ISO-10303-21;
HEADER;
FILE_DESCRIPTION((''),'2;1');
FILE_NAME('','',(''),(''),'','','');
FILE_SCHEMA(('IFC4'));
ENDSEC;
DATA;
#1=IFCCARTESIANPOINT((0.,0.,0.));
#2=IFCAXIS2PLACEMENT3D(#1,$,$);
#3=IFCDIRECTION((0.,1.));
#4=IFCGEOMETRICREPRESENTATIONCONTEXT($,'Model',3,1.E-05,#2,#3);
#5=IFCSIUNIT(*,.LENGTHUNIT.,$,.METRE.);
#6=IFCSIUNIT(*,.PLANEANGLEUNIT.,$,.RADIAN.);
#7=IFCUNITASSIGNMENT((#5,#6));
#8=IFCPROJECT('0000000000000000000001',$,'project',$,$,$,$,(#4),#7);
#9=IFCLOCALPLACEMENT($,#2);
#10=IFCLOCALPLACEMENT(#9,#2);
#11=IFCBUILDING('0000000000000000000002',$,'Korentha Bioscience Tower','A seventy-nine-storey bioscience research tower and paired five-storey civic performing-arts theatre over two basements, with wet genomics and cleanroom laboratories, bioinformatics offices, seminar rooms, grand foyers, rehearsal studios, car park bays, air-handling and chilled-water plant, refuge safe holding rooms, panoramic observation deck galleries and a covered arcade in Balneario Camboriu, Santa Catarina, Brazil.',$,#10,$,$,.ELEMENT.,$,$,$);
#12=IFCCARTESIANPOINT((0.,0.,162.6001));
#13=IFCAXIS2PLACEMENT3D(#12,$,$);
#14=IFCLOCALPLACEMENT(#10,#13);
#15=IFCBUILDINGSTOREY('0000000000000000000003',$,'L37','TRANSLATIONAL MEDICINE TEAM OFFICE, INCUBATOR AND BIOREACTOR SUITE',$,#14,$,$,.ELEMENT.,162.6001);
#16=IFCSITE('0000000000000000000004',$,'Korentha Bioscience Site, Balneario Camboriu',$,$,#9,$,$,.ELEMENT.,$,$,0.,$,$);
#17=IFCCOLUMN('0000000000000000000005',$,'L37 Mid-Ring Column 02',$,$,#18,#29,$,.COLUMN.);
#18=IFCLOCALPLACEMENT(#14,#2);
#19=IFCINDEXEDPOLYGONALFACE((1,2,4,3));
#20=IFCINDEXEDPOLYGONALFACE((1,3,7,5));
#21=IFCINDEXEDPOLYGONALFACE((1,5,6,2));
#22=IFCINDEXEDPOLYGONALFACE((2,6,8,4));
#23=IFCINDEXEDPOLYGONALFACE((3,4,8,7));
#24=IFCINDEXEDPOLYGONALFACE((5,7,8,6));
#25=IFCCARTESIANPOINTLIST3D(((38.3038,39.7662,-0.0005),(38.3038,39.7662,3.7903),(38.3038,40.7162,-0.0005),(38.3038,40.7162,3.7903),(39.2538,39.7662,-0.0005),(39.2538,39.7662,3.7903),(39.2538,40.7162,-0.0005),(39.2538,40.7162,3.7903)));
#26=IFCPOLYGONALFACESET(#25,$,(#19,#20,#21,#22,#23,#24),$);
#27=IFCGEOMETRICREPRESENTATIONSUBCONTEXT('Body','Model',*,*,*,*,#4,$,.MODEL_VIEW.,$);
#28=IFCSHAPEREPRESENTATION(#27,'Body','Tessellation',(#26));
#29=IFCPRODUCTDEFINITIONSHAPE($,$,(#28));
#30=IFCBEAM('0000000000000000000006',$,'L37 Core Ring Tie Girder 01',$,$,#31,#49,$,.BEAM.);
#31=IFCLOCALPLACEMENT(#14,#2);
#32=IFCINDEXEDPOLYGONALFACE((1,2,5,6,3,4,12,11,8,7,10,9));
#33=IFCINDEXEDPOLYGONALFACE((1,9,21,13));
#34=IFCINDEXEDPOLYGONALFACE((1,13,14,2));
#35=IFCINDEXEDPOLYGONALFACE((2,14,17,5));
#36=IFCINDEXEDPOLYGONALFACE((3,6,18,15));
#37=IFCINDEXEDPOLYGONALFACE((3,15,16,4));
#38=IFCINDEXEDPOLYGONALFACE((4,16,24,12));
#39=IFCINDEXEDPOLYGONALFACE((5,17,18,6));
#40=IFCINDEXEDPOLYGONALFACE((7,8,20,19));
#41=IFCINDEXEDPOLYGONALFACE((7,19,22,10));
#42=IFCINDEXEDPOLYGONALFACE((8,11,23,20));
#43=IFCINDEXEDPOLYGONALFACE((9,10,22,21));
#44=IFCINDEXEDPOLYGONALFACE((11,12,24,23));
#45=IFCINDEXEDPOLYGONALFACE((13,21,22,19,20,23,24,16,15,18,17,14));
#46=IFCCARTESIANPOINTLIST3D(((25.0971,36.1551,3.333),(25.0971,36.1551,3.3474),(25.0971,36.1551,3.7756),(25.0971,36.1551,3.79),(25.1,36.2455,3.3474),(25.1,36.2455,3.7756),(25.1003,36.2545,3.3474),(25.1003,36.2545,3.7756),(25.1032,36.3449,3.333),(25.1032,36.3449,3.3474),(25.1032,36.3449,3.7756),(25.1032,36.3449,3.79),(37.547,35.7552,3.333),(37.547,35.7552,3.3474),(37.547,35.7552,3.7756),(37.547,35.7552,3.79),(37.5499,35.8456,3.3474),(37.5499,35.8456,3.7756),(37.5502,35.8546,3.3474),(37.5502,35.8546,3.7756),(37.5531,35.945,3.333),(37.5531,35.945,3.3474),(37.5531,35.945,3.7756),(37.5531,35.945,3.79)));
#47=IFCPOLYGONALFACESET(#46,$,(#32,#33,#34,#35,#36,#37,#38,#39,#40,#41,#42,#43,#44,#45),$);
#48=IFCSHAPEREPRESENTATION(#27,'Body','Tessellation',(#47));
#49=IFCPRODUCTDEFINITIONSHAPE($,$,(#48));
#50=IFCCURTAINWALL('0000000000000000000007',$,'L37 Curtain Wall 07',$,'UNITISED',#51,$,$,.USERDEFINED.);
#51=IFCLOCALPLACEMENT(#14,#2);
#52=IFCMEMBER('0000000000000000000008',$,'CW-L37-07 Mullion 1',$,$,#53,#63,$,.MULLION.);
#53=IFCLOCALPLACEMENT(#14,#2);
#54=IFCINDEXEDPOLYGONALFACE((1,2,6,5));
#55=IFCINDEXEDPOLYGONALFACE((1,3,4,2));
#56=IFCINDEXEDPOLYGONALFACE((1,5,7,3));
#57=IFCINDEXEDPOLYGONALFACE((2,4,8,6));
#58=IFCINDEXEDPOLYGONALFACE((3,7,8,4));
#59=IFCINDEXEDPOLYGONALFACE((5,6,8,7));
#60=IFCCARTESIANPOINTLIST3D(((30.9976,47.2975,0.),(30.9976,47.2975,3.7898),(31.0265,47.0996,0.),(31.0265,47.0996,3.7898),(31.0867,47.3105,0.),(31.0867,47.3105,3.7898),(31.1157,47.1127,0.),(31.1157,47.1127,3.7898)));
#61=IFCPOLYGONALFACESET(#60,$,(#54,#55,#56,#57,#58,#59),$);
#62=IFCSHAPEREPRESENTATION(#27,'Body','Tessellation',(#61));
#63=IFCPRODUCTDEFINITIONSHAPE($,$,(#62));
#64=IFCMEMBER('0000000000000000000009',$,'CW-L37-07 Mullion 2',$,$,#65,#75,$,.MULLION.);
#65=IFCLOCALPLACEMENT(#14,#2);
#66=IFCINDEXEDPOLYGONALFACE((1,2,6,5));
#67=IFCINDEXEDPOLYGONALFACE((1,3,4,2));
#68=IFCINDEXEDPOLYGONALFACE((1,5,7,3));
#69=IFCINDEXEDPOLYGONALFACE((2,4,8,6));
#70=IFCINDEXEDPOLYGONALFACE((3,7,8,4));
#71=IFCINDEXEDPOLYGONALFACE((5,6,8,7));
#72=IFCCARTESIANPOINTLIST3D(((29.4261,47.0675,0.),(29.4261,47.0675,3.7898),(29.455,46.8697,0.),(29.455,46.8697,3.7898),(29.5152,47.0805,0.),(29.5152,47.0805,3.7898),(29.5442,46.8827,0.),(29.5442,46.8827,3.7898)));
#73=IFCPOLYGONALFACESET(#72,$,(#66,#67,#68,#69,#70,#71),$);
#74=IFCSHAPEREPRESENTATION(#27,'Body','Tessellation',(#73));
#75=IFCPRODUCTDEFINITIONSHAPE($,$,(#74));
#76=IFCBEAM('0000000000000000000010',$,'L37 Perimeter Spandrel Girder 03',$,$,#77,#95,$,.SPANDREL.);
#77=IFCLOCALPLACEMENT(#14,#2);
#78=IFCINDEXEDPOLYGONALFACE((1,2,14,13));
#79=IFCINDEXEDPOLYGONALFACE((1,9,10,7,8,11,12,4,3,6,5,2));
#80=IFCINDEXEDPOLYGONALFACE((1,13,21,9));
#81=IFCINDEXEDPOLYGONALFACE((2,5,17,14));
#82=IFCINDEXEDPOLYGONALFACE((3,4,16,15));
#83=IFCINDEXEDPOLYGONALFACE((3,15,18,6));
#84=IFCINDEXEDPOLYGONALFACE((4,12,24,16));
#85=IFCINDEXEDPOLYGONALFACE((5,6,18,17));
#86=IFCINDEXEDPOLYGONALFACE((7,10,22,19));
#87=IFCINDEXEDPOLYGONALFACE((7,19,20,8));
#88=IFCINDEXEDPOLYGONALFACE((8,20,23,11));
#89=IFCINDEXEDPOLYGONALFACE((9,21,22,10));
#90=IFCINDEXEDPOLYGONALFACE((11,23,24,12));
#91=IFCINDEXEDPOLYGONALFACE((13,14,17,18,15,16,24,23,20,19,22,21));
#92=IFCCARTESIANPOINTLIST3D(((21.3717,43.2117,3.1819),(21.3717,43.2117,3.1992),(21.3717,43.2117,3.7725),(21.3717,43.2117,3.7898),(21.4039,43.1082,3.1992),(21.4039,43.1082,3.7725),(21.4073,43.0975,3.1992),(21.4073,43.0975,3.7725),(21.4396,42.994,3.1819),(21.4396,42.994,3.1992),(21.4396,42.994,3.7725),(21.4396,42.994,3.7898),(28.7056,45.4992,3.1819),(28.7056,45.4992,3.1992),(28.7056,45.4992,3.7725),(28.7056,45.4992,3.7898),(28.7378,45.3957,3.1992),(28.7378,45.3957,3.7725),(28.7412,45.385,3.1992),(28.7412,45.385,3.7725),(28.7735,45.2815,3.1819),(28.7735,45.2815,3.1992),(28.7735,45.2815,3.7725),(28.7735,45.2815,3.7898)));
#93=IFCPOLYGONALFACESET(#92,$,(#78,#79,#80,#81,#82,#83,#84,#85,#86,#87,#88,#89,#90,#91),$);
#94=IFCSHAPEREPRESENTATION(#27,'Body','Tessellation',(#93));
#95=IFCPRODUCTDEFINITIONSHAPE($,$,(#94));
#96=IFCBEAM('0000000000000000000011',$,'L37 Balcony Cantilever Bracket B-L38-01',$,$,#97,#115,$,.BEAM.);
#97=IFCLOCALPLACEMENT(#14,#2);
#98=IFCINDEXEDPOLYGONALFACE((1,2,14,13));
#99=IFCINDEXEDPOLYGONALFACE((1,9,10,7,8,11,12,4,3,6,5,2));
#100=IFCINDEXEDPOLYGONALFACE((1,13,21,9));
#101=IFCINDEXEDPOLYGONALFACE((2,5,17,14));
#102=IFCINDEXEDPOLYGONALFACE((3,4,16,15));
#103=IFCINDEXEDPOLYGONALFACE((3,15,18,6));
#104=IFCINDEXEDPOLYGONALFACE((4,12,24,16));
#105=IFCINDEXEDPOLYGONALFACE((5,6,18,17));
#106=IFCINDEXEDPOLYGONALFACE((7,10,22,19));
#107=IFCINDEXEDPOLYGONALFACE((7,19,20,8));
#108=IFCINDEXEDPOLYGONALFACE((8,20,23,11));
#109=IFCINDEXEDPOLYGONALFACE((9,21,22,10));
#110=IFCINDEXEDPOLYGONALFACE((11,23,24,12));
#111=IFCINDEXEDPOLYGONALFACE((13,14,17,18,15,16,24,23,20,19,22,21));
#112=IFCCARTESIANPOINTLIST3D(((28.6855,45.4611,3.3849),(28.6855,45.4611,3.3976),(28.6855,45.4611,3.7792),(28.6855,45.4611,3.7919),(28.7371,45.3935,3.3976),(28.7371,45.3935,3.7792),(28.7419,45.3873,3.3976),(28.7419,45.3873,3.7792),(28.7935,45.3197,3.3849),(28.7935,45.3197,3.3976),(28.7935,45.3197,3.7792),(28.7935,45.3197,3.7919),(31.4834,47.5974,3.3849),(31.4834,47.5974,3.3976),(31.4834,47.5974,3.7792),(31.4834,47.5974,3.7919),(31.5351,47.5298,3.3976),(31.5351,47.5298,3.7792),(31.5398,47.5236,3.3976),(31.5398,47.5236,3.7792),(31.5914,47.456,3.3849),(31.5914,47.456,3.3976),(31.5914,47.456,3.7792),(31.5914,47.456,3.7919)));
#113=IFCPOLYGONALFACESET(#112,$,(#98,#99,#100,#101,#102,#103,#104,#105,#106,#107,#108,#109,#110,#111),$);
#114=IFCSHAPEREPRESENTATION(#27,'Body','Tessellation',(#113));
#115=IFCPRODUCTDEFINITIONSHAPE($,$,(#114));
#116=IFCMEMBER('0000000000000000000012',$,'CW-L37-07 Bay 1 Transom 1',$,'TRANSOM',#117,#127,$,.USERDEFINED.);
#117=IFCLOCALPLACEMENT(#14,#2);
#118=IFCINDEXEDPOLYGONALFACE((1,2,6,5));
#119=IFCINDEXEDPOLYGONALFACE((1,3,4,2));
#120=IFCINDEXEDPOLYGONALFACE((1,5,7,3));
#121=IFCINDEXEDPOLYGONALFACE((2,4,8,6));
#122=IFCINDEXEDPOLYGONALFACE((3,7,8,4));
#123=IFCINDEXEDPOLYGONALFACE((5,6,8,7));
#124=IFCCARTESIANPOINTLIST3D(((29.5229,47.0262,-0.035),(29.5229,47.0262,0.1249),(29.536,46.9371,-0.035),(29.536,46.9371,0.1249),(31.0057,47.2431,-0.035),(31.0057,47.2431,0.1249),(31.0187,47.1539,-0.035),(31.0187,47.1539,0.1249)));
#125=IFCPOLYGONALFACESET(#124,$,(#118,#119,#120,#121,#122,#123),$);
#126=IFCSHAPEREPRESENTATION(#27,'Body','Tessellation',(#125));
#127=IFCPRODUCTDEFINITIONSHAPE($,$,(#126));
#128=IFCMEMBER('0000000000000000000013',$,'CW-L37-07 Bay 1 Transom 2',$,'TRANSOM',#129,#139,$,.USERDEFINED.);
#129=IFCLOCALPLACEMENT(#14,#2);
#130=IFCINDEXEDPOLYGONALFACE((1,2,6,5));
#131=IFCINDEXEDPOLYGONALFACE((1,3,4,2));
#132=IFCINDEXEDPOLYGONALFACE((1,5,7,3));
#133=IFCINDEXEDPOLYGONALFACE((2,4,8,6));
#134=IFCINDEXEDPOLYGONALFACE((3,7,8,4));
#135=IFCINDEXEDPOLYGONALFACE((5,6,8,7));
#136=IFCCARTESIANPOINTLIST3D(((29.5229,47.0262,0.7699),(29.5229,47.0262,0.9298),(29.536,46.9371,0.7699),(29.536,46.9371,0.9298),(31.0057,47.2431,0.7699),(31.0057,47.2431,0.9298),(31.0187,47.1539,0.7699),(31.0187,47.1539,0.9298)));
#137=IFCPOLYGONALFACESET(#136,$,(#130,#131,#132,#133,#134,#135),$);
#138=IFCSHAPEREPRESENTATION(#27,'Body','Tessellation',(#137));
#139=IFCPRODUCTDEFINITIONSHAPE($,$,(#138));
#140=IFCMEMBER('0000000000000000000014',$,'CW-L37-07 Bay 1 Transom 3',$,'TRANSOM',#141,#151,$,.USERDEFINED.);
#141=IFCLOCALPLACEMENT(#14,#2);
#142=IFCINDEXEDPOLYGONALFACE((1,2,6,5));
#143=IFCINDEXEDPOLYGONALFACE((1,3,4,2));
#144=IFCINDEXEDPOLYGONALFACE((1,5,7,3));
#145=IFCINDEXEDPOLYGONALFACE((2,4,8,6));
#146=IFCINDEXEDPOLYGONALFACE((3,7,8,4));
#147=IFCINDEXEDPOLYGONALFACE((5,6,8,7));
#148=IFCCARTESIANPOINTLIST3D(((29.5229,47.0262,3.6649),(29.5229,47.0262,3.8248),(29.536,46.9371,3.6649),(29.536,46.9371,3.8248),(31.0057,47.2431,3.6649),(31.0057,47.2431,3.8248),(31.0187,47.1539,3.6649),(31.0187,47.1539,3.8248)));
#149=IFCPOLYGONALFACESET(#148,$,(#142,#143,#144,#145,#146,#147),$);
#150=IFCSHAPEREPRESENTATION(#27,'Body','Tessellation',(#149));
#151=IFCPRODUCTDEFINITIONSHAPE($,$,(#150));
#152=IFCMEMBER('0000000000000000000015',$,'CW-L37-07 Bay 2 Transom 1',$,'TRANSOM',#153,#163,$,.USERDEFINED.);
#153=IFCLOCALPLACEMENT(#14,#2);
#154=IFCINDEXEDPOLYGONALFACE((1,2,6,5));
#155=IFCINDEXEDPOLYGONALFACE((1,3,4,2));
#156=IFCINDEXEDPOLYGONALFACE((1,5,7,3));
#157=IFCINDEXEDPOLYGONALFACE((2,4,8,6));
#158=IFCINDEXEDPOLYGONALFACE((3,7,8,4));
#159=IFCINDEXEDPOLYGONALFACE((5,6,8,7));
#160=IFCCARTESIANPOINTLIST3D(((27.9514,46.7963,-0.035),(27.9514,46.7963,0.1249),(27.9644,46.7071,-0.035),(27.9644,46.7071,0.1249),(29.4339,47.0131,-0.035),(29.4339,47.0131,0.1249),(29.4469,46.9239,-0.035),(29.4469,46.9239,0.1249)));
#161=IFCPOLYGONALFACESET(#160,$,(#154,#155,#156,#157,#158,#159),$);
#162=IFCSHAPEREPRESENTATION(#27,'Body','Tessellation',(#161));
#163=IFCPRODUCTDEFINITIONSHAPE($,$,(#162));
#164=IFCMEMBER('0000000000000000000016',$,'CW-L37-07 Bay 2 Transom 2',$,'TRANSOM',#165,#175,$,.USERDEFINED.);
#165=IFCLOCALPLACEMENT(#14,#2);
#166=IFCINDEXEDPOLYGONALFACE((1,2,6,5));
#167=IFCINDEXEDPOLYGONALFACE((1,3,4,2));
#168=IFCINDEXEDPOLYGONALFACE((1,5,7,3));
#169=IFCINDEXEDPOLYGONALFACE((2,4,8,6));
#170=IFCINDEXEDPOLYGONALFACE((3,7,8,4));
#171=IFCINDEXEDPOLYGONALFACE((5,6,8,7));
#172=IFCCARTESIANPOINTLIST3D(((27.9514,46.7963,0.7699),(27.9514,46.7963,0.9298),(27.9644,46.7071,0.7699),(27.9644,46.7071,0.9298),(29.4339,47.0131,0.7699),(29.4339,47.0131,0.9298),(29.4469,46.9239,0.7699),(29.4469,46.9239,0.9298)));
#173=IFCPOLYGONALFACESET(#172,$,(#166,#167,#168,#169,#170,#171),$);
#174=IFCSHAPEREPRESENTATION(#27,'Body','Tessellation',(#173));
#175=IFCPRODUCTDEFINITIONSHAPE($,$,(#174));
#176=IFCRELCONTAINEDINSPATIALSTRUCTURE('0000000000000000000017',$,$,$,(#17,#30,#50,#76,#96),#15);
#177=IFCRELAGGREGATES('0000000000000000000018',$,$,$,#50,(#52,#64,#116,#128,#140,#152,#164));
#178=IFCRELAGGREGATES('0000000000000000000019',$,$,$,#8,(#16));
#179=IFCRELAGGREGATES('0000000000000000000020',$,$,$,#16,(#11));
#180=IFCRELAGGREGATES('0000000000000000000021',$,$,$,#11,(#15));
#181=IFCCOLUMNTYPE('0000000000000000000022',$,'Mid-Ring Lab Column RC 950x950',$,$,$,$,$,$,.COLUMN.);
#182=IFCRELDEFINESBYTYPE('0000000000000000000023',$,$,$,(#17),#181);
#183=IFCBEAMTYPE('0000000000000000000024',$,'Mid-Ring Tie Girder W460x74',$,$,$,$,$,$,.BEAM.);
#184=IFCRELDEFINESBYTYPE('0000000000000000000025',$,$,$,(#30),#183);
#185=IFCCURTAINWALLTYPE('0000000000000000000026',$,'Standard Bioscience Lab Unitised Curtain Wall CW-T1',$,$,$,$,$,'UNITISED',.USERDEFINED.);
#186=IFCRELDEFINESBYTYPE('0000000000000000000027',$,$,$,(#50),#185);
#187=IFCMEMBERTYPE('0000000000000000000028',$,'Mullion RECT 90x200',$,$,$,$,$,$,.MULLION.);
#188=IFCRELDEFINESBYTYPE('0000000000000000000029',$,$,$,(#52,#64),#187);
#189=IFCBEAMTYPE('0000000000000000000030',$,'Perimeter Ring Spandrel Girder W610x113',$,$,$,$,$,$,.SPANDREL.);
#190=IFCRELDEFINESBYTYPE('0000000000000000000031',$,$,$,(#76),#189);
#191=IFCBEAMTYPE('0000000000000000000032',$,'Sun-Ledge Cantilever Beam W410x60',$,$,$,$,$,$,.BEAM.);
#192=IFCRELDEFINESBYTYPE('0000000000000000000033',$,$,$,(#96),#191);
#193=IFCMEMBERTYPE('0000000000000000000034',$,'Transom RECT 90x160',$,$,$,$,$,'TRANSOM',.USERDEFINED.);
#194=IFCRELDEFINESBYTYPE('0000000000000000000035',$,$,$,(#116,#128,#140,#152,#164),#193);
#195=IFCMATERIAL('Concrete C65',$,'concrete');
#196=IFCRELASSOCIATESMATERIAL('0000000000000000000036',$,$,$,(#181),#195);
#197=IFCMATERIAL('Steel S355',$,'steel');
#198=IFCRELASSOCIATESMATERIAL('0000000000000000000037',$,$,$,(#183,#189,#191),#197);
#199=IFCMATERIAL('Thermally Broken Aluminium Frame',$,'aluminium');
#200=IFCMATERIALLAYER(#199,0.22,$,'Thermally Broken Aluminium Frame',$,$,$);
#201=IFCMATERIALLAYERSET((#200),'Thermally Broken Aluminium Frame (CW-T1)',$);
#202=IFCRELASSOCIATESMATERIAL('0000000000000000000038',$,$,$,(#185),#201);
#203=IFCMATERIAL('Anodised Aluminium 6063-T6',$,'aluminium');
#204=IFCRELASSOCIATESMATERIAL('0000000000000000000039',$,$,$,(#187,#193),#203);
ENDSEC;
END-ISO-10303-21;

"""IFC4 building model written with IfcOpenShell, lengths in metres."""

from ifc_helpers import new_model, si_unit, direction, frame, origin, origin_2d, place, context, subcontext, project, spatial, rectangle, i_section, extrude, material, layer, layer_set, material_profile, profile_set, type_object, element, aggregate, save


model = new_model("IFC4")

# Units and contexts
model_context = context("Model", 3, precision=1e-05, world=origin(), true_north=direction((0.0, 1.0)))
body_context = subcontext(model_context, "Body", "Model", "MODEL_VIEW")
ifc_project = project(units=[si_unit("LENGTHUNIT", "METRE"), si_unit("PLANEANGLEUNIT", "RADIAN")], contexts=[model_context])

# Site, building, storey
site_placement = place(None, origin())
site = spatial("IfcSite", under=ifc_project, at=site_placement, Name="Korentha Bioscience Site, Balneario Camboriu", CompositionType="ELEMENT", RefElevation=0.0)
building_placement = place(site_placement, origin())
building = spatial("IfcBuilding", under=site, at=building_placement, Name="Korentha Bioscience Tower", Description="A seventy-nine-storey bioscience research tower and paired five-storey civic performing-arts theatre over two basements, with wet genomics and cleanroom laboratories, bioinformatics offices, seminar rooms, grand foyers, rehearsal studios, car park bays, air-handling and chilled-water plant, refuge safe holding rooms, panoramic observation deck galleries and a covered arcade in Balneario Camboriu, Santa Catarina, Brazil.", CompositionType="ELEMENT")
storey_placement = place(building_placement, frame((0.0, 0.0, 162.6001)))
storey = spatial("IfcBuildingStorey", under=building, at=storey_placement, Name="L37", Description="TRANSLATIONAL MEDICINE TEAM OFFICE, INCUBATOR AND BIOREACTOR SUITE", CompositionType="ELEMENT", Elevation=162.6001)

# Column
ifc_material_1 = material(Name="Concrete C65", Category="concrete")
ifc_material_profile_1 = material_profile(ifc_material_1, rectangle(XDim=0.95, YDim=0.95, at=origin_2d()), Name="Concrete C65")
ifc_profile_set_1 = profile_set([ifc_material_profile_1], Name="Concrete C65 (COL-MR09)")
column_type = type_object("IfcColumnType", Name="Mid-Ring Lab Column RC 950x950", PredefinedType="COLUMN", material=ifc_profile_set_1)
column_placement = place(storey_placement, frame((38.7788, 40.2412, -0.0005), z_axis=(0.0, 0.0, 1.0), x_axis=(1.0, 0.0, 0.0)))
element("IfcColumn", 1, at=column_placement, inside=storey, type_object=column_type, Name="L37 Mid-Ring Column 02", PredefinedType="COLUMN", context=body_context, shape_type="SweptSolid", body=[
    extrude(rectangle(XDim=0.95, YDim=0.95, at=origin_2d()), origin(), (0.0, 0.0, 1.0), 3.7908),
])

# Beam
ifc_material_2 = material(Name="Steel S355", Category="steel")
ifc_material_profile_2 = material_profile(ifc_material_2, i_section(OverallWidth=0.1899, OverallDepth=0.457, WebThickness=0.009, FlangeThickness=0.0144, at=origin_2d()), Name="Steel S355")
ifc_profile_set_2 = profile_set([ifc_material_profile_2], Name="Steel S355 (MB-460)")
beam_type_1 = type_object("IfcBeamType", Name="Mid-Ring Tie Girder W460x74", PredefinedType="BEAM", material=ifc_profile_set_2)
beam_1_placement = place(storey_placement, frame((37.55, 35.8501, 3.5615), z_axis=(-0.999485, 0.032104, 0.0), x_axis=(-0.032104, -0.999485, 0.0)))
element("IfcBeam", 2, at=beam_1_placement, inside=storey, type_object=beam_type_1, Name="L37 Core Ring Tie Girder 01", PredefinedType="BEAM", context=body_context, shape_type="SweptSolid", body=[
    extrude(i_section(OverallWidth=0.1899, OverallDepth=0.457, WebThickness=0.009, FlangeThickness=0.0144, at=origin_2d()), origin(), (0.0, 0.0, 1.0), 12.4563),
])

# Curtain wall, members
ifc_material_3 = material(Name="Thermally Broken Aluminium Frame", Category="aluminium")
ifc_layer_1 = layer(ifc_material_3, 0.22, Name="Thermally Broken Aluminium Frame")
ifc_layer_set_1 = layer_set([ifc_layer_1], Name="Thermally Broken Aluminium Frame (CW-T1)")
curtain_wall_type = type_object("IfcCurtainWallType", Name="Standard Bioscience Lab Unitised Curtain Wall CW-T1", ElementType="UNITISED", PredefinedType="USERDEFINED", material=ifc_layer_set_1)
curtain_wall_placement = place(storey_placement, origin())
curtain_wall = element("IfcCurtainWall", 3, at=curtain_wall_placement, inside=storey, type_object=curtain_wall_type, Name="L37 Curtain Wall 07", ObjectType="UNITISED", PredefinedType="USERDEFINED")
ifc_material_4 = material(Name="Anodised Aluminium 6063-T6", Category="aluminium")
ifc_material_profile_3 = material_profile(ifc_material_4, rectangle(XDim=0.0901, YDim=0.2, at=origin_2d()), Name="Anodised Aluminium 6063-T6")
ifc_profile_set_3 = profile_set([ifc_material_profile_3], Name="Anodised Aluminium 6063-T6 (CW-MUL)")
member_type_1 = type_object("IfcMemberType", Name="Mullion RECT 90x200", PredefinedType="MULLION", material=ifc_profile_set_3)
member_1_placement = place(storey_placement, frame((31.0566, 47.2051, 0.0), z_axis=(0.0, 0.0, 1.0), x_axis=(-0.989462, -0.144793, 0.0)))
member_1 = element("IfcMember", 4, at=member_1_placement, type_object=member_type_1, Name="CW-L37-07 Mullion 1", PredefinedType="MULLION", context=body_context, shape_type="SweptSolid", body=[
    extrude(rectangle(XDim=0.0901, YDim=0.2, at=origin_2d()), origin(), (0.0, 0.0, 1.0), 3.7898),
])
member_2_placement = place(storey_placement, frame((29.4851, 46.9751, 0.0), z_axis=(0.0, 0.0, 1.0), x_axis=(-0.989462, -0.144793, 0.0)))
member_2 = element("IfcMember", 5, at=member_2_placement, type_object=member_type_1, Name="CW-L37-07 Mullion 2", PredefinedType="MULLION", context=body_context, shape_type="SweptSolid", body=[
    extrude(rectangle(XDim=0.0901, YDim=0.2, at=origin_2d()), origin(), (0.0, 0.0, 1.0), 3.7898),
])

# Beams
ifc_material_profile_4 = material_profile(ifc_material_2, i_section(OverallWidth=0.228, OverallDepth=0.6079, WebThickness=0.0112, FlangeThickness=0.0173, at=origin_2d()), Name="Steel S355")
ifc_profile_set_4 = profile_set([ifc_material_profile_4], Name="Steel S355 (SB-610)")
beam_type_2 = type_object("IfcBeamType", Name="Perimeter Ring Spandrel Girder W610x113", PredefinedType="SPANDREL", material=ifc_profile_set_4)
beam_2_placement = place(storey_placement, frame((28.7395, 45.3904, 3.4858), z_axis=(-0.954638, -0.297768, 0.0), x_axis=(0.297768, -0.954638, 0.0)))
element("IfcBeam", 6, at=beam_2_placement, inside=storey, type_object=beam_type_2, Name="L37 Perimeter Spandrel Girder 03", PredefinedType="SPANDREL", context=body_context, shape_type="SweptSolid", body=[
    extrude(i_section(OverallWidth=0.228, OverallDepth=0.6079, WebThickness=0.0112, FlangeThickness=0.0173, at=origin_2d()), origin(), (0.0, 0.0, 1.0), 7.6824),
])
ifc_material_profile_5 = material_profile(ifc_material_2, i_section(OverallWidth=0.178, OverallDepth=0.407, WebThickness=0.0078, FlangeThickness=0.0127, at=origin_2d()), Name="Steel S355")
ifc_profile_set_5 = profile_set([ifc_material_profile_5], Name="Steel S355 (CB-410)")
beam_type_3 = type_object("IfcBeamType", Name="Sun-Ledge Cantilever Beam W410x60", PredefinedType="BEAM", material=ifc_profile_set_5)
beam_3_placement = place(storey_placement, frame((28.7395, 45.3904, 3.5884), z_axis=(0.79481, 0.606858, 0.0), x_axis=(-0.606858, 0.79481, 0.0)))
element("IfcBeam", 7, at=beam_3_placement, inside=storey, type_object=beam_type_3, Name="L37 Balcony Cantilever Bracket B-L38-01", PredefinedType="BEAM", context=body_context, shape_type="SweptSolid", body=[
    extrude(i_section(OverallWidth=0.178, OverallDepth=0.407, WebThickness=0.0078, FlangeThickness=0.0127, at=origin_2d()), origin(), (0.0, 0.0, 1.0), 3.5203),
])

# Members
ifc_material_profile_6 = material_profile(ifc_material_4, rectangle(XDim=0.0901, YDim=0.1599, at=origin_2d()), Name="Anodised Aluminium 6063-T6")
ifc_profile_set_6 = profile_set([ifc_material_profile_6], Name="Anodised Aluminium 6063-T6 (CW-TRN)")
member_type_2 = type_object("IfcMemberType", Name="Transom RECT 90x160", ElementType="TRANSOM", PredefinedType="USERDEFINED", material=ifc_profile_set_6)
member_3_placement = place(storey_placement, frame((31.0122, 47.1985, 0.0449), z_axis=(-0.989478, -0.144682, 0.0), x_axis=(0.144682, -0.989478, 0.0)))
member_3 = element("IfcMember", 8, at=member_3_placement, type_object=member_type_2, Name="CW-L37-07 Bay 1 Transom 1", ObjectType="TRANSOM", PredefinedType="USERDEFINED", context=body_context, shape_type="SweptSolid", body=[
    extrude(rectangle(XDim=0.0901, YDim=0.1599, at=origin_2d()), origin(), (0.0, 0.0, 1.0), 1.4985),
])
member_4_placement = place(storey_placement, frame((31.0122, 47.1985, 0.8499), z_axis=(-0.989478, -0.144682, 0.0), x_axis=(0.144682, -0.989478, 0.0)))
member_4 = element("IfcMember", 9, at=member_4_placement, type_object=member_type_2, Name="CW-L37-07 Bay 1 Transom 2", ObjectType="TRANSOM", PredefinedType="USERDEFINED", context=body_context, shape_type="SweptSolid", body=[
    extrude(rectangle(XDim=0.0901, YDim=0.1599, at=origin_2d()), origin(), (0.0, 0.0, 1.0), 1.4985),
])
member_5_placement = place(storey_placement, frame((31.0122, 47.1985, 3.7449), z_axis=(-0.989478, -0.144682, 0.0), x_axis=(0.144682, -0.989478, 0.0)))
member_5 = element("IfcMember", 10, at=member_5_placement, type_object=member_type_2, Name="CW-L37-07 Bay 1 Transom 3", ObjectType="TRANSOM", PredefinedType="USERDEFINED", context=body_context, shape_type="SweptSolid", body=[
    extrude(rectangle(XDim=0.0901, YDim=0.1599, at=origin_2d()), origin(), (0.0, 0.0, 1.0), 1.4985),
])
member_6_placement = place(storey_placement, frame((29.4404, 46.9685, 0.0449), z_axis=(-0.989475, -0.144706, 0.0), x_axis=(0.144706, -0.989475, 0.0)))
member_6 = element("IfcMember", 11, at=member_6_placement, type_object=member_type_2, Name="CW-L37-07 Bay 2 Transom 1", ObjectType="TRANSOM", PredefinedType="USERDEFINED", context=body_context, shape_type="SweptSolid", body=[
    extrude(rectangle(XDim=0.0901, YDim=0.1599, at=origin_2d()), origin(), (0.0, 0.0, 1.0), 1.4983),
])
member_7_placement = place(storey_placement, frame((29.4404, 46.9685, 0.8499), z_axis=(-0.989475, -0.144706, 0.0), x_axis=(0.144706, -0.989475, 0.0)))
member_7 = element("IfcMember", 12, at=member_7_placement, type_object=member_type_2, Name="CW-L37-07 Bay 2 Transom 2", ObjectType="TRANSOM", PredefinedType="USERDEFINED", context=body_context, shape_type="SweptSolid", body=[
    extrude(rectangle(XDim=0.0901, YDim=0.1599, at=origin_2d()), origin(), (0.0, 0.0, 1.0), 1.4983),
])

aggregate(curtain_wall, [member_1, member_2, member_3, member_4, member_5, member_6, member_7])

save(model, "model.ifc")
